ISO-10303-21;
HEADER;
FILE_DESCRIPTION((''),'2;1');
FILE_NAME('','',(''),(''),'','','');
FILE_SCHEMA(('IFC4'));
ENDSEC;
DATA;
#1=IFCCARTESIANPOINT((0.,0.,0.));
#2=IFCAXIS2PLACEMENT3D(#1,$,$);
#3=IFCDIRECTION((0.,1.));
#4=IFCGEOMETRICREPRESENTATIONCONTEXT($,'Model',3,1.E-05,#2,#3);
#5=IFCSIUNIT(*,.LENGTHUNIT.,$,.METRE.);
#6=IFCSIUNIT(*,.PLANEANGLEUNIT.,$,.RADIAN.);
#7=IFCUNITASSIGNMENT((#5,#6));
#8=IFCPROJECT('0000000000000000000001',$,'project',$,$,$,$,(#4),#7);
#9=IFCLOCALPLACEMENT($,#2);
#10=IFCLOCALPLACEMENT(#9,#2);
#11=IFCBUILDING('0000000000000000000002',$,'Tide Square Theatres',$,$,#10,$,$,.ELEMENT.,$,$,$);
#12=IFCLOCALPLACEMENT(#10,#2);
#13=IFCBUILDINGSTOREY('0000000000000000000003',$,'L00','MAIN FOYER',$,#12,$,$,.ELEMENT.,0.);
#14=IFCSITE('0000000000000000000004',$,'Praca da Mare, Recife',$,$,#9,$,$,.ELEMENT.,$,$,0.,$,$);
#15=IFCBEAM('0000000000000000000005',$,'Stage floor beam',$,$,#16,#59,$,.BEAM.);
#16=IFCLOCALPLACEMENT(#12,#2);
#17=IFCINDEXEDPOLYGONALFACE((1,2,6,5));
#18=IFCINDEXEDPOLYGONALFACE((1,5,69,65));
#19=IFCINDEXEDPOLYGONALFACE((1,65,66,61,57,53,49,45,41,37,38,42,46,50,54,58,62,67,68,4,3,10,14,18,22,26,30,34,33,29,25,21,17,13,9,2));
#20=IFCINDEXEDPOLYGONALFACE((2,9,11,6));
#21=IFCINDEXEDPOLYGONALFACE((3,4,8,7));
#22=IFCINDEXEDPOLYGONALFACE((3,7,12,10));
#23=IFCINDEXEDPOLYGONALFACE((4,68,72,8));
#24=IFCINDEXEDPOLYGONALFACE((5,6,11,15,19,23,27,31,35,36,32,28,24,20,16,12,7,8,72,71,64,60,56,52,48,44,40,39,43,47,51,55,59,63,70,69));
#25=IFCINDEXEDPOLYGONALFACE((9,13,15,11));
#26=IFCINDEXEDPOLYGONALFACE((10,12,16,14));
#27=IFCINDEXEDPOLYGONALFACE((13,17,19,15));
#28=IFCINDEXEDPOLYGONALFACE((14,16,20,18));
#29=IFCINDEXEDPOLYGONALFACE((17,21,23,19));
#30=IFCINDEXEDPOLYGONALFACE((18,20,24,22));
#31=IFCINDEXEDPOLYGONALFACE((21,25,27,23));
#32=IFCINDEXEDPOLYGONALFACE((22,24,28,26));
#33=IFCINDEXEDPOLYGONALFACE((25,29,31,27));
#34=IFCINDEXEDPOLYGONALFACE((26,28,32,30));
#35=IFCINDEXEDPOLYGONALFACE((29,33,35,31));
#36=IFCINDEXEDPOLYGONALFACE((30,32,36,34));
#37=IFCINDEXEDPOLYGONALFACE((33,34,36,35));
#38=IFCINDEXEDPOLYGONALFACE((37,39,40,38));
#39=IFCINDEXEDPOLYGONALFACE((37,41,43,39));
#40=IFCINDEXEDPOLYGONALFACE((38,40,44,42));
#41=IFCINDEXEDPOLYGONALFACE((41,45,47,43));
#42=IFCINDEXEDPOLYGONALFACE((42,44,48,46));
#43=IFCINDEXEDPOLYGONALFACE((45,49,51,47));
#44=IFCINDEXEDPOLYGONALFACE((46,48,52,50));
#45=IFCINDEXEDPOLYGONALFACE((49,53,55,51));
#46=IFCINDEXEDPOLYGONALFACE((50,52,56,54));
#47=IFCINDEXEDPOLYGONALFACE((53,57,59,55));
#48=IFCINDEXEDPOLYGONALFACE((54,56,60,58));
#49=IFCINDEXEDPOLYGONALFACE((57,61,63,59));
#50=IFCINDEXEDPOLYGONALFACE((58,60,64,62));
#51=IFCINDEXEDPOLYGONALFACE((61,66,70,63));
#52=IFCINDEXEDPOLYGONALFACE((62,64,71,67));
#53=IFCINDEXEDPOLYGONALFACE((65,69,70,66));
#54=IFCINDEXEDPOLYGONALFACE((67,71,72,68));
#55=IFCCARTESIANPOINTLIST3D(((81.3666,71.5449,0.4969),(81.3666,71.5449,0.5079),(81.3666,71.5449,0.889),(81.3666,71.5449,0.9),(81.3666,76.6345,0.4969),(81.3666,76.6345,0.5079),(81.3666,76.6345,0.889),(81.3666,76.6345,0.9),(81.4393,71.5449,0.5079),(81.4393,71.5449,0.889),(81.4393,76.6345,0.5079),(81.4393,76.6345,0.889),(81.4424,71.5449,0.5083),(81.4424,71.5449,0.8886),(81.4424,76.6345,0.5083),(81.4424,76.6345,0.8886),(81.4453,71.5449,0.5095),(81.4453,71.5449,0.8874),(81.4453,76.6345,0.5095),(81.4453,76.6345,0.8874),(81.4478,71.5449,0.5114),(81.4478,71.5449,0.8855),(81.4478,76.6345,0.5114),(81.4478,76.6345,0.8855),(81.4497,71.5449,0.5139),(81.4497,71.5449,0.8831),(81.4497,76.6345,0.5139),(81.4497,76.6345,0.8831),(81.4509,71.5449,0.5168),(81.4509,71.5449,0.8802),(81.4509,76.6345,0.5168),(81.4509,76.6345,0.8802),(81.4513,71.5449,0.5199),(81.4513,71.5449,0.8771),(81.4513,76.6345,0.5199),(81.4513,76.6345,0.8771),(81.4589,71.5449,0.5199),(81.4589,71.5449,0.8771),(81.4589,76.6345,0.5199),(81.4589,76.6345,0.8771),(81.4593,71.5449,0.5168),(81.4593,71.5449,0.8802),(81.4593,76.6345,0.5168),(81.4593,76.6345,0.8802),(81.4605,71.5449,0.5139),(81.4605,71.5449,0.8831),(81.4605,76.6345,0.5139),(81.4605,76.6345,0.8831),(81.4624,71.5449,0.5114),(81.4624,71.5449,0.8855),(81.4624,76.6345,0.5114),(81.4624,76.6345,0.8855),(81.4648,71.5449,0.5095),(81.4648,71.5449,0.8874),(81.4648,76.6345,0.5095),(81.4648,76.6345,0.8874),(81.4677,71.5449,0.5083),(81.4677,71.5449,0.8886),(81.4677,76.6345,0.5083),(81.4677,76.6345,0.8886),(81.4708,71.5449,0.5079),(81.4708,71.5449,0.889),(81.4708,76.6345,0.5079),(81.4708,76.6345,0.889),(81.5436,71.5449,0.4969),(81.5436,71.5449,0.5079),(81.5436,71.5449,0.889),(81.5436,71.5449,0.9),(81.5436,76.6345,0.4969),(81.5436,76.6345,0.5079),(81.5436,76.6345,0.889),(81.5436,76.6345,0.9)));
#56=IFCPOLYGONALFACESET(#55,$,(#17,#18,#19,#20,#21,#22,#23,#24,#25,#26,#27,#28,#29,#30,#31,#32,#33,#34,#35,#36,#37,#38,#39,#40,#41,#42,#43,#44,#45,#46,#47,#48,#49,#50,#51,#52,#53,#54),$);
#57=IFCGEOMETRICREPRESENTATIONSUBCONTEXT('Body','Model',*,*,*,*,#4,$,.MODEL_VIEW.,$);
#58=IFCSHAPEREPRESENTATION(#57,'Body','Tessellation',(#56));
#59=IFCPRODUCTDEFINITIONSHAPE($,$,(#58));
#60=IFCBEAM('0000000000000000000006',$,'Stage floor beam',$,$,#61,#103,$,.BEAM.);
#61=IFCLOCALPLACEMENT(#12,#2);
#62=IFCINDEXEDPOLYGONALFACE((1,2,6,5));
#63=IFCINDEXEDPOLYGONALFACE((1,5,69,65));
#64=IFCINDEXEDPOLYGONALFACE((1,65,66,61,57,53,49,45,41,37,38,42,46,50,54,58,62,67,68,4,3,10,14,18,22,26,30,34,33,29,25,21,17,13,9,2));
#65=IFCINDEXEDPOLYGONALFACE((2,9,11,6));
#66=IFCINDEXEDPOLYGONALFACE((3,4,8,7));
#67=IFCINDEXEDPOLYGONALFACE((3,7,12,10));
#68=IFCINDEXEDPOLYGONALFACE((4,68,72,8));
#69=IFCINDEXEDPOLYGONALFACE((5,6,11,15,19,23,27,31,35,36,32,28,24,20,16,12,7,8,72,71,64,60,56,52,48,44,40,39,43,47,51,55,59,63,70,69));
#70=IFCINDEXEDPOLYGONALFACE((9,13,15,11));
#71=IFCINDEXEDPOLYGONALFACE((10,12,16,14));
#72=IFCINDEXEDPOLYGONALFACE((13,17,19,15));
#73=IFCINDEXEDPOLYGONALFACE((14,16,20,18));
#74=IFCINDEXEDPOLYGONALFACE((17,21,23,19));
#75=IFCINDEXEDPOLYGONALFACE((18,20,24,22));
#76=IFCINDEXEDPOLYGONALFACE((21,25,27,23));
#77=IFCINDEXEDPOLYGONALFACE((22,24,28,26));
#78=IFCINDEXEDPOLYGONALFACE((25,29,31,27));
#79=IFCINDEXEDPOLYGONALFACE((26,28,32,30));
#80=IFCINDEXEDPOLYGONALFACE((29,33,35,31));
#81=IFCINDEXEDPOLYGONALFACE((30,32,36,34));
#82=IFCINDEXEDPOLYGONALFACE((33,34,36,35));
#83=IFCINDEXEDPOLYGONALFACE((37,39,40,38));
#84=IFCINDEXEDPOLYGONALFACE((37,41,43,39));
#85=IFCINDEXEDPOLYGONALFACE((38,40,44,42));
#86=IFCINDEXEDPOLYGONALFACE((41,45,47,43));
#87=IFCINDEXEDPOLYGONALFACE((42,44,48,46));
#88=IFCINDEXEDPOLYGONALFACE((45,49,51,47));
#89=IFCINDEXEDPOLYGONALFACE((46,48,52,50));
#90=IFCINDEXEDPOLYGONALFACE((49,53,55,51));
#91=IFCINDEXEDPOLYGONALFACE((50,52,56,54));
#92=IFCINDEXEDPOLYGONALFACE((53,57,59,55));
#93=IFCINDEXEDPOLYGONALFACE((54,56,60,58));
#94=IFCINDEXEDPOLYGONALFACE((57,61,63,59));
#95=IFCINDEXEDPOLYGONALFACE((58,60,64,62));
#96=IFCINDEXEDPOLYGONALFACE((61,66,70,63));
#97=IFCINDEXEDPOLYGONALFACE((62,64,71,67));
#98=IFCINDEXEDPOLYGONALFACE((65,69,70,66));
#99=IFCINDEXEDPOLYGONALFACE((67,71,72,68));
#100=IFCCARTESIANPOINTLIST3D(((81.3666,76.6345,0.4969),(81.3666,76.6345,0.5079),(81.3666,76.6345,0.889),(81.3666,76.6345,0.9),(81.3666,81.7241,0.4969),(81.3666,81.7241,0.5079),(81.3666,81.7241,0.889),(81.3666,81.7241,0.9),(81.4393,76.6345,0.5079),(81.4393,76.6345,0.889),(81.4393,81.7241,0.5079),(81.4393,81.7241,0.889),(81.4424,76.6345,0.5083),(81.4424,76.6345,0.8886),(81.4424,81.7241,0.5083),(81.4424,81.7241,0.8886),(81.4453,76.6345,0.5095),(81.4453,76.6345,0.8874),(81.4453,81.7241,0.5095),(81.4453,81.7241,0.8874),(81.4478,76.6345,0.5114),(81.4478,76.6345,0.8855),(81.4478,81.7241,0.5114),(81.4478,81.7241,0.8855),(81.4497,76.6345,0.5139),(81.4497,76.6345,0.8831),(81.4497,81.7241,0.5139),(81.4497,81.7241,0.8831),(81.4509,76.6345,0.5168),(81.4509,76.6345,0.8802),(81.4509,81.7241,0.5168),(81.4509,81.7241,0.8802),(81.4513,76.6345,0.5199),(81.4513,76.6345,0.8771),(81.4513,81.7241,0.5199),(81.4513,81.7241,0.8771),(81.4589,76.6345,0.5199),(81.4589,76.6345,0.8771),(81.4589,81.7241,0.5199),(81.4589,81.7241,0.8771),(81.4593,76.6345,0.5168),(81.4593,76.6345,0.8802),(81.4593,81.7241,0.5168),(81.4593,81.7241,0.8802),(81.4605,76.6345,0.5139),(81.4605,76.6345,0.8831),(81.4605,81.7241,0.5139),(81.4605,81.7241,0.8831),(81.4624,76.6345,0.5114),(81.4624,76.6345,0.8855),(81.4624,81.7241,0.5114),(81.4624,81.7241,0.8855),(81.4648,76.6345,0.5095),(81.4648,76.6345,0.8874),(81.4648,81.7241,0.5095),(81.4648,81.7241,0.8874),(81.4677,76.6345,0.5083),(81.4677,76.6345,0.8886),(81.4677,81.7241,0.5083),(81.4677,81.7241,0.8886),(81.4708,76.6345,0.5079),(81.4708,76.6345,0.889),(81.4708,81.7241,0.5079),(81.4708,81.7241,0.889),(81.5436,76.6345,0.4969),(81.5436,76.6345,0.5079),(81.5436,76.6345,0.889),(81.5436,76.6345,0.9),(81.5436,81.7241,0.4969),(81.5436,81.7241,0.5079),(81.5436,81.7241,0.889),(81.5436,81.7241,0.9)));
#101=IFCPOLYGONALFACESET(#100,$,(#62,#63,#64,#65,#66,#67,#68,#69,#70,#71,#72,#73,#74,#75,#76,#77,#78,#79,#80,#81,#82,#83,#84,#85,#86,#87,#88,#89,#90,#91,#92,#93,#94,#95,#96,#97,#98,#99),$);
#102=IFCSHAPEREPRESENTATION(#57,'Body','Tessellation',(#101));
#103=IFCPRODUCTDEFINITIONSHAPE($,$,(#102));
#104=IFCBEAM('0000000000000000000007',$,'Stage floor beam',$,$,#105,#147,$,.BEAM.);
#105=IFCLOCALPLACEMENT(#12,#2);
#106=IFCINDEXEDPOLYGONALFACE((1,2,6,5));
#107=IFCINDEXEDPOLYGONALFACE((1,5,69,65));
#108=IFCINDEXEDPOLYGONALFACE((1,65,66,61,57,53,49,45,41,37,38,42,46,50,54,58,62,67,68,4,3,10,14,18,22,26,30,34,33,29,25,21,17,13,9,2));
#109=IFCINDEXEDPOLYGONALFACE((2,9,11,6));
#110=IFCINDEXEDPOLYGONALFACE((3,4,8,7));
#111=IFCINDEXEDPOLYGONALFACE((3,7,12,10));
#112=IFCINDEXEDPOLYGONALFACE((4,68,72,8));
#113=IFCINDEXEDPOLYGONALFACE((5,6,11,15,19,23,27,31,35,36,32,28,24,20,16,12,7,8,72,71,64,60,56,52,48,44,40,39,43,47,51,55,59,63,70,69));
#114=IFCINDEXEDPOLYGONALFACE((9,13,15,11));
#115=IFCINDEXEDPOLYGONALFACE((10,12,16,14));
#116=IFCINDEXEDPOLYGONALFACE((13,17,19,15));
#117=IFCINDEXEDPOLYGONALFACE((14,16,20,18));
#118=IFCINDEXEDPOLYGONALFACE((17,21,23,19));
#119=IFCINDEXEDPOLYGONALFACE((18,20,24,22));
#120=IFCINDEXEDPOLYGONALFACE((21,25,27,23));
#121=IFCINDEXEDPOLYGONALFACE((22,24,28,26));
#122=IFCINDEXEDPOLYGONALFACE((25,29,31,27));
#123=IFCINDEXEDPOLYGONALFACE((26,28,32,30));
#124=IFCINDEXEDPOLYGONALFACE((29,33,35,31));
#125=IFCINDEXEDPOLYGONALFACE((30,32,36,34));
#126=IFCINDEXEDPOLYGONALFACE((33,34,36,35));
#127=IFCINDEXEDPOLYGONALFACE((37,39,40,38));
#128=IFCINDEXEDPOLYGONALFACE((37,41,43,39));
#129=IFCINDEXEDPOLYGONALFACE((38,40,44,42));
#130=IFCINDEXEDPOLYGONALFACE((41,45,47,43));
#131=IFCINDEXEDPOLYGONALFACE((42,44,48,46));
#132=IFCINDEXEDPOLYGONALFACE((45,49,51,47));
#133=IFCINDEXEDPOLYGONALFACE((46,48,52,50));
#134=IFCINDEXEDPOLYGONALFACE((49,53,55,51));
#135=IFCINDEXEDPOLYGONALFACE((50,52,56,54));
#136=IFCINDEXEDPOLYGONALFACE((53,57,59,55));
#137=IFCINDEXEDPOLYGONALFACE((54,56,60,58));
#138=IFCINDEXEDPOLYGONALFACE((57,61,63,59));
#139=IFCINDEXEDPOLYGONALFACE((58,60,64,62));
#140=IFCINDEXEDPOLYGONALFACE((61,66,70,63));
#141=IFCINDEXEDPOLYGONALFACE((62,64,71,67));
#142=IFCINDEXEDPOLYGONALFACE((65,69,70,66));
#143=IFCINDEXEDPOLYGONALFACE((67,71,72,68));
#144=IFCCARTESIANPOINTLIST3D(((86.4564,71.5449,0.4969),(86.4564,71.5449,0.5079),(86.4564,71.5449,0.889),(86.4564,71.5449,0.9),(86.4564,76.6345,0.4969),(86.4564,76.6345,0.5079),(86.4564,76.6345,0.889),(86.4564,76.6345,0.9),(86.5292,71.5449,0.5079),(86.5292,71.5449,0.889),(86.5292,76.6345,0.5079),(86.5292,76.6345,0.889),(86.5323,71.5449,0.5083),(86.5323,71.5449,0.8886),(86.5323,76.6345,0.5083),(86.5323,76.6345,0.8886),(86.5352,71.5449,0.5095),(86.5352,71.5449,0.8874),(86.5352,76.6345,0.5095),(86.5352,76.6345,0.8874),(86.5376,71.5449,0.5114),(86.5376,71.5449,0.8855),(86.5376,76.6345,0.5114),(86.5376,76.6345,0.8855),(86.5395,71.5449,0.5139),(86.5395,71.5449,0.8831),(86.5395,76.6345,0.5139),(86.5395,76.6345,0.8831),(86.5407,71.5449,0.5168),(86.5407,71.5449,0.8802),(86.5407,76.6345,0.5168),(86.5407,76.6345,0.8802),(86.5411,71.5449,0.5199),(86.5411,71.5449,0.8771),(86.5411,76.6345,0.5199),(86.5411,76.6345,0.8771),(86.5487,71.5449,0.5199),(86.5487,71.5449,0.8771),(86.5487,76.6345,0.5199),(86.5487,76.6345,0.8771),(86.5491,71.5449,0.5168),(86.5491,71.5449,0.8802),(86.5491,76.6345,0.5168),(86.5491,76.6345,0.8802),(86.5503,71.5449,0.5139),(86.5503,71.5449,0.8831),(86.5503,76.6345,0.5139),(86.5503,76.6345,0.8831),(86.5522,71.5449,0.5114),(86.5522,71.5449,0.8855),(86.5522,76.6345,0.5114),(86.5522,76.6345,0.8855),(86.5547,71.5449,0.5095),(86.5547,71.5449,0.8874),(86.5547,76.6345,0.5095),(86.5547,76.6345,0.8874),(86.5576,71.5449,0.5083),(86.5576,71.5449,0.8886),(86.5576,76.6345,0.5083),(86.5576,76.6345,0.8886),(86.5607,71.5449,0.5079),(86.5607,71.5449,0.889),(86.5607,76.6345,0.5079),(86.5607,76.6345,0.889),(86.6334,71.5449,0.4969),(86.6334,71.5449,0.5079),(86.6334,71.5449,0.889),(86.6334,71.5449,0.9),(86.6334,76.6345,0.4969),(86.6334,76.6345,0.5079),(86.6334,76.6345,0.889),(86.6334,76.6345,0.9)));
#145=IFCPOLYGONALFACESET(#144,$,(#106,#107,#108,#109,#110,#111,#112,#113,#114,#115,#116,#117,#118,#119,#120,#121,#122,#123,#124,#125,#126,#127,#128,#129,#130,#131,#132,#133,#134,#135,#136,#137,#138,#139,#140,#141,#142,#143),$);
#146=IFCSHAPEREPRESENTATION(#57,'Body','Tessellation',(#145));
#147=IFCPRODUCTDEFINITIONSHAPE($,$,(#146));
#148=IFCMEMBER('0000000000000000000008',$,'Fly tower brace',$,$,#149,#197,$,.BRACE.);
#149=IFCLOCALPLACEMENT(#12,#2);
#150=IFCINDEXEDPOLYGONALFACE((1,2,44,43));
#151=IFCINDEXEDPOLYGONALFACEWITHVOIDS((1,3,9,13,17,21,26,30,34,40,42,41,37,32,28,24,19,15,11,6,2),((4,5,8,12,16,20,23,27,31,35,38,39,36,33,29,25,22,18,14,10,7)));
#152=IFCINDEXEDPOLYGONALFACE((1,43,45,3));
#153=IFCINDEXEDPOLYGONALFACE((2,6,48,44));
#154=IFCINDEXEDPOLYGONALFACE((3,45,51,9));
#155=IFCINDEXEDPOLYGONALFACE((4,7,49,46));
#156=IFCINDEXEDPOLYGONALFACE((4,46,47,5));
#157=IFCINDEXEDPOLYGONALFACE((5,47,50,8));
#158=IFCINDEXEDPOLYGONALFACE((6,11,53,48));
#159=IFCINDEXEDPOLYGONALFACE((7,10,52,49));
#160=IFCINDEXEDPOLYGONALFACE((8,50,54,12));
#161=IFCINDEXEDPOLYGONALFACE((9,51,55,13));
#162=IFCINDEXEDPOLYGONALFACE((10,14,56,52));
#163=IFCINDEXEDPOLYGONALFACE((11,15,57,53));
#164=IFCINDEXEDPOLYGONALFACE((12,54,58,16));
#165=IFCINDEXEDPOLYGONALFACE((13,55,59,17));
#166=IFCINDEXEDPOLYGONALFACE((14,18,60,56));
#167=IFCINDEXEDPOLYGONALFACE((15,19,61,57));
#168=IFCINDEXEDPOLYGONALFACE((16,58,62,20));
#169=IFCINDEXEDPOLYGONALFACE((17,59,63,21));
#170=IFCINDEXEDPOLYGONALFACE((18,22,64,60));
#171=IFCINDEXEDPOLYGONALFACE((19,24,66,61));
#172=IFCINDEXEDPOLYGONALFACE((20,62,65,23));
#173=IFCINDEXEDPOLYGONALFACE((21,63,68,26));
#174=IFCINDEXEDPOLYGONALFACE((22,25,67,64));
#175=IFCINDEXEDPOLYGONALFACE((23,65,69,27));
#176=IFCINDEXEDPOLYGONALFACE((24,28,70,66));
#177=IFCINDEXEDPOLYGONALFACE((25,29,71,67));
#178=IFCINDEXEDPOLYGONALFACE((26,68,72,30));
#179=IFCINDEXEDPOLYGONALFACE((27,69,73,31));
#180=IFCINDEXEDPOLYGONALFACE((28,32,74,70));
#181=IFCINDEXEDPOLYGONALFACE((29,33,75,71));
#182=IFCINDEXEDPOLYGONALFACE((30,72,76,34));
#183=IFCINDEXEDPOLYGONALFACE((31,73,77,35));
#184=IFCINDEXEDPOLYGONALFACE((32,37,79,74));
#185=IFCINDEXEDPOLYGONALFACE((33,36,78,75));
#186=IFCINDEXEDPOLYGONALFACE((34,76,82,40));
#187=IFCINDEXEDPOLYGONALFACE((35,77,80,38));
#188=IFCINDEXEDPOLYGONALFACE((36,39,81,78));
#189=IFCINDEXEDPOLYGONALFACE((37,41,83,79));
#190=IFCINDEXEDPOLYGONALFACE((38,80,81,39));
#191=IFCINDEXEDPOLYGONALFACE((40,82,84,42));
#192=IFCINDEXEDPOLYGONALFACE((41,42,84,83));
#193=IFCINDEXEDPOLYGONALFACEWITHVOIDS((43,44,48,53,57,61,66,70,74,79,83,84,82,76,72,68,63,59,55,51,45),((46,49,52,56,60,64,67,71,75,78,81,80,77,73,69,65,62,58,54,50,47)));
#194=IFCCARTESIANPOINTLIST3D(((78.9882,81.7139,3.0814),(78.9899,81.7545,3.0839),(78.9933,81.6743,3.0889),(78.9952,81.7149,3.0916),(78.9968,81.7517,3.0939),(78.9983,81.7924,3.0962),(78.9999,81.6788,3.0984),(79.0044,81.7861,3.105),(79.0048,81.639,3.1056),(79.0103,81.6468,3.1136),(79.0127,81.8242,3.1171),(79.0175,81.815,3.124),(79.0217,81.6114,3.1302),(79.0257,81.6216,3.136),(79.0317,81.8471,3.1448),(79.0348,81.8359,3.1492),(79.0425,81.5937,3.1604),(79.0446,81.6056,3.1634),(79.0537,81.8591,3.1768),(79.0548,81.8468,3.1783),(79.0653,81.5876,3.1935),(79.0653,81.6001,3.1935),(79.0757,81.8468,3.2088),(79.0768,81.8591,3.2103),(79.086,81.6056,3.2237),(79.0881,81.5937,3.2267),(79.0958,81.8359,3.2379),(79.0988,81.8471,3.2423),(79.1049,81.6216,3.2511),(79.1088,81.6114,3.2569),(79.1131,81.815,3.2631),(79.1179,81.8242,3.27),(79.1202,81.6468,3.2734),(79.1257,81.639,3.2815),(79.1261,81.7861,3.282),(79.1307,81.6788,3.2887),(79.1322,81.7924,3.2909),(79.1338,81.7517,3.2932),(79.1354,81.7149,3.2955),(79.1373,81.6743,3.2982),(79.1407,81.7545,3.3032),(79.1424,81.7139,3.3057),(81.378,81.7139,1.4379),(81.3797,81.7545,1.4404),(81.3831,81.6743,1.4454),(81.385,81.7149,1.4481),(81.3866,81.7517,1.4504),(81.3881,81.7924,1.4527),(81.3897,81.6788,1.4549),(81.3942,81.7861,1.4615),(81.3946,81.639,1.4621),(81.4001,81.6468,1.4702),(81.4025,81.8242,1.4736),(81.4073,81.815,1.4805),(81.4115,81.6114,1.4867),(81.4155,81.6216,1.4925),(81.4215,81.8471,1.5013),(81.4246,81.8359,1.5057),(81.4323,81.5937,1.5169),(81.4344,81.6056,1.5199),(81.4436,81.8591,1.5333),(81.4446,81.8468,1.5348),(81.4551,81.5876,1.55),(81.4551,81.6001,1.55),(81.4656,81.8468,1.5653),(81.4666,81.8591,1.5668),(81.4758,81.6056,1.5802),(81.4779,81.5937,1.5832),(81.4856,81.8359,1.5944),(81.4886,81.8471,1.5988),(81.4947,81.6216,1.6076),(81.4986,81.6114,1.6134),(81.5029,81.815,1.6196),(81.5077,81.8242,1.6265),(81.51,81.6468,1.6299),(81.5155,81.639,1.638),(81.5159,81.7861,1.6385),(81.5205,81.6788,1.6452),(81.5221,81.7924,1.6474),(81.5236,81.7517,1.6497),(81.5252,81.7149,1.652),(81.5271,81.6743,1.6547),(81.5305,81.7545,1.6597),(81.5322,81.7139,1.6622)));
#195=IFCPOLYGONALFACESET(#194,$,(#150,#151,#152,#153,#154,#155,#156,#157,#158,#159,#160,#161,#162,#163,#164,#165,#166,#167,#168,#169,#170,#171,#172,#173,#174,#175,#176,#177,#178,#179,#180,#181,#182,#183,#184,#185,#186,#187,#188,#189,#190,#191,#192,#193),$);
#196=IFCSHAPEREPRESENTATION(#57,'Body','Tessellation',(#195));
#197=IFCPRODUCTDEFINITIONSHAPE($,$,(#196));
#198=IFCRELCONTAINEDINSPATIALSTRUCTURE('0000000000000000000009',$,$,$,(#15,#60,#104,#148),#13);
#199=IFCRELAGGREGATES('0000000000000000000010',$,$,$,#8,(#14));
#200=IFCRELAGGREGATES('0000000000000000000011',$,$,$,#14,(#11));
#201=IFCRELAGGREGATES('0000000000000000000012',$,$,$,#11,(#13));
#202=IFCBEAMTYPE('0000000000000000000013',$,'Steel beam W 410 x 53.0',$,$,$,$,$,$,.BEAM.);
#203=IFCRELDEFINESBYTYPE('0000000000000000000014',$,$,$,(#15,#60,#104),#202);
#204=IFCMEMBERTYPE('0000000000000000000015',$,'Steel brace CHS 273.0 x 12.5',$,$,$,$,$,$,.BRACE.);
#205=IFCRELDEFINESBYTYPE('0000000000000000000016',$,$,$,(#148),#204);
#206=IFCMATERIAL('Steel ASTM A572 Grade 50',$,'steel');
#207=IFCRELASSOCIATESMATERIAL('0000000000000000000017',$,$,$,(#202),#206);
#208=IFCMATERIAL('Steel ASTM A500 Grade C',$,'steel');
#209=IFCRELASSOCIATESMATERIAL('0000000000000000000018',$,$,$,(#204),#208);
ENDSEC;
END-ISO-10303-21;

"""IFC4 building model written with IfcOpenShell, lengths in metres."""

from ifc_helpers import new_model, si_unit, direction, frame, origin, origin_2d, place, context, subcontext, project, spatial, hollow_circle, i_section, extrude, material, material_profile, profile_set, type_object, element, save


model = new_model("IFC4")

# Units and contexts
model_context = context("Model", 3, precision=1e-05, world=origin(), true_north=direction((0.0, 1.0)))
body_context = subcontext(model_context, "Body", "Model", "MODEL_VIEW")
ifc_project = project(units=[si_unit("LENGTHUNIT", "METRE"), si_unit("PLANEANGLEUNIT", "RADIAN")], contexts=[model_context])

# Site, building, storey
site_placement = place(None, origin())
site = spatial("IfcSite", under=ifc_project, at=site_placement, Name="Praca da Mare, Recife", CompositionType="ELEMENT", RefElevation=0.0)
building_placement = place(site_placement, origin())
building = spatial("IfcBuilding", under=site, at=building_placement, Name="Tide Square Theatres", CompositionType="ELEMENT")
storey_placement = place(building_placement, origin())
storey = spatial("IfcBuildingStorey", under=building, at=storey_placement, Name="L00", Description="MAIN FOYER", CompositionType="ELEMENT", Elevation=0.0)

# Beams
ifc_material_1 = material(Name="Steel ASTM A572 Grade 50", Category="steel")
ifc_material_profile_1 = material_profile(ifc_material_1, i_section(OverallWidth=0.177, OverallDepth=0.4031, WebThickness=0.0076, FlangeThickness=0.011, FilletRadius=0.012, at=origin_2d()))
ifc_profile_set_1 = profile_set([ifc_material_profile_1], Name="Steel ASTM A572 Grade 50")
beam_type = type_object("IfcBeamType", Name="Steel beam W 410 x 53.0", PredefinedType="BEAM", material=ifc_profile_set_1)
for number, where, z_axis, x_axis, name in (
    (1, (81.4551, 71.5449, 0.6985), (0.0, 1.0, 0.0), (-1.0, 0.0, 0.0), "Stage floor beam"),
    (2, (81.4551, 76.6345, 0.6985), (0.0, 1.0, 0.0), (-1.0, 0.0, 0.0), "Stage floor beam"),
    (3, (86.5449, 71.5449, 0.6985), (0.0, 1.0, 0.0), (-1.0, 0.0, 0.0), "Stage floor beam"),
):
    element("IfcBeam", number, at=place(storey_placement, frame(where, z_axis=z_axis, x_axis=x_axis)), inside=storey, type_object=beam_type, Name=name, PredefinedType="BEAM", context=body_context, shape_type="SweptSolid", body=[
        extrude(i_section(OverallWidth=0.177, OverallDepth=0.4031, WebThickness=0.0076, FlangeThickness=0.011, FilletRadius=0.012, at=origin_2d()), origin(), (0.0, 0.0, 1.0), 5.0896),
    ])

# Member
ifc_material_2 = material(Name="Steel ASTM A500 Grade C", Category="steel")
ifc_material_profile_2 = material_profile(ifc_material_2, hollow_circle(Radius=0.1365, WallThickness=0.0125, at=origin_2d()))
ifc_profile_set_2 = profile_set([ifc_material_profile_2], Name="Steel ASTM A500 Grade C")
member_type = type_object("IfcMemberType", Name="Steel brace CHS 273.0 x 12.5", PredefinedType="BRACE", material=ifc_profile_set_2)
member_placement = place(storey_placement, frame((81.4551, 81.7241, 1.55), z_axis=(-0.823961, 0.0, 0.566647), x_axis=(0.0, -1.0, 0.0)))
element("IfcMember", 4, at=member_placement, inside=storey, type_object=member_type, Name="Fly tower brace", PredefinedType="BRACE", context=body_context, shape_type="SweptSolid", body=[
    extrude(hollow_circle(Radius=0.1365, WallThickness=0.0125, at=origin_2d()), origin(), (0.0, 0.0, 1.0), 2.9004),
])

save(model, "model.ifc")
